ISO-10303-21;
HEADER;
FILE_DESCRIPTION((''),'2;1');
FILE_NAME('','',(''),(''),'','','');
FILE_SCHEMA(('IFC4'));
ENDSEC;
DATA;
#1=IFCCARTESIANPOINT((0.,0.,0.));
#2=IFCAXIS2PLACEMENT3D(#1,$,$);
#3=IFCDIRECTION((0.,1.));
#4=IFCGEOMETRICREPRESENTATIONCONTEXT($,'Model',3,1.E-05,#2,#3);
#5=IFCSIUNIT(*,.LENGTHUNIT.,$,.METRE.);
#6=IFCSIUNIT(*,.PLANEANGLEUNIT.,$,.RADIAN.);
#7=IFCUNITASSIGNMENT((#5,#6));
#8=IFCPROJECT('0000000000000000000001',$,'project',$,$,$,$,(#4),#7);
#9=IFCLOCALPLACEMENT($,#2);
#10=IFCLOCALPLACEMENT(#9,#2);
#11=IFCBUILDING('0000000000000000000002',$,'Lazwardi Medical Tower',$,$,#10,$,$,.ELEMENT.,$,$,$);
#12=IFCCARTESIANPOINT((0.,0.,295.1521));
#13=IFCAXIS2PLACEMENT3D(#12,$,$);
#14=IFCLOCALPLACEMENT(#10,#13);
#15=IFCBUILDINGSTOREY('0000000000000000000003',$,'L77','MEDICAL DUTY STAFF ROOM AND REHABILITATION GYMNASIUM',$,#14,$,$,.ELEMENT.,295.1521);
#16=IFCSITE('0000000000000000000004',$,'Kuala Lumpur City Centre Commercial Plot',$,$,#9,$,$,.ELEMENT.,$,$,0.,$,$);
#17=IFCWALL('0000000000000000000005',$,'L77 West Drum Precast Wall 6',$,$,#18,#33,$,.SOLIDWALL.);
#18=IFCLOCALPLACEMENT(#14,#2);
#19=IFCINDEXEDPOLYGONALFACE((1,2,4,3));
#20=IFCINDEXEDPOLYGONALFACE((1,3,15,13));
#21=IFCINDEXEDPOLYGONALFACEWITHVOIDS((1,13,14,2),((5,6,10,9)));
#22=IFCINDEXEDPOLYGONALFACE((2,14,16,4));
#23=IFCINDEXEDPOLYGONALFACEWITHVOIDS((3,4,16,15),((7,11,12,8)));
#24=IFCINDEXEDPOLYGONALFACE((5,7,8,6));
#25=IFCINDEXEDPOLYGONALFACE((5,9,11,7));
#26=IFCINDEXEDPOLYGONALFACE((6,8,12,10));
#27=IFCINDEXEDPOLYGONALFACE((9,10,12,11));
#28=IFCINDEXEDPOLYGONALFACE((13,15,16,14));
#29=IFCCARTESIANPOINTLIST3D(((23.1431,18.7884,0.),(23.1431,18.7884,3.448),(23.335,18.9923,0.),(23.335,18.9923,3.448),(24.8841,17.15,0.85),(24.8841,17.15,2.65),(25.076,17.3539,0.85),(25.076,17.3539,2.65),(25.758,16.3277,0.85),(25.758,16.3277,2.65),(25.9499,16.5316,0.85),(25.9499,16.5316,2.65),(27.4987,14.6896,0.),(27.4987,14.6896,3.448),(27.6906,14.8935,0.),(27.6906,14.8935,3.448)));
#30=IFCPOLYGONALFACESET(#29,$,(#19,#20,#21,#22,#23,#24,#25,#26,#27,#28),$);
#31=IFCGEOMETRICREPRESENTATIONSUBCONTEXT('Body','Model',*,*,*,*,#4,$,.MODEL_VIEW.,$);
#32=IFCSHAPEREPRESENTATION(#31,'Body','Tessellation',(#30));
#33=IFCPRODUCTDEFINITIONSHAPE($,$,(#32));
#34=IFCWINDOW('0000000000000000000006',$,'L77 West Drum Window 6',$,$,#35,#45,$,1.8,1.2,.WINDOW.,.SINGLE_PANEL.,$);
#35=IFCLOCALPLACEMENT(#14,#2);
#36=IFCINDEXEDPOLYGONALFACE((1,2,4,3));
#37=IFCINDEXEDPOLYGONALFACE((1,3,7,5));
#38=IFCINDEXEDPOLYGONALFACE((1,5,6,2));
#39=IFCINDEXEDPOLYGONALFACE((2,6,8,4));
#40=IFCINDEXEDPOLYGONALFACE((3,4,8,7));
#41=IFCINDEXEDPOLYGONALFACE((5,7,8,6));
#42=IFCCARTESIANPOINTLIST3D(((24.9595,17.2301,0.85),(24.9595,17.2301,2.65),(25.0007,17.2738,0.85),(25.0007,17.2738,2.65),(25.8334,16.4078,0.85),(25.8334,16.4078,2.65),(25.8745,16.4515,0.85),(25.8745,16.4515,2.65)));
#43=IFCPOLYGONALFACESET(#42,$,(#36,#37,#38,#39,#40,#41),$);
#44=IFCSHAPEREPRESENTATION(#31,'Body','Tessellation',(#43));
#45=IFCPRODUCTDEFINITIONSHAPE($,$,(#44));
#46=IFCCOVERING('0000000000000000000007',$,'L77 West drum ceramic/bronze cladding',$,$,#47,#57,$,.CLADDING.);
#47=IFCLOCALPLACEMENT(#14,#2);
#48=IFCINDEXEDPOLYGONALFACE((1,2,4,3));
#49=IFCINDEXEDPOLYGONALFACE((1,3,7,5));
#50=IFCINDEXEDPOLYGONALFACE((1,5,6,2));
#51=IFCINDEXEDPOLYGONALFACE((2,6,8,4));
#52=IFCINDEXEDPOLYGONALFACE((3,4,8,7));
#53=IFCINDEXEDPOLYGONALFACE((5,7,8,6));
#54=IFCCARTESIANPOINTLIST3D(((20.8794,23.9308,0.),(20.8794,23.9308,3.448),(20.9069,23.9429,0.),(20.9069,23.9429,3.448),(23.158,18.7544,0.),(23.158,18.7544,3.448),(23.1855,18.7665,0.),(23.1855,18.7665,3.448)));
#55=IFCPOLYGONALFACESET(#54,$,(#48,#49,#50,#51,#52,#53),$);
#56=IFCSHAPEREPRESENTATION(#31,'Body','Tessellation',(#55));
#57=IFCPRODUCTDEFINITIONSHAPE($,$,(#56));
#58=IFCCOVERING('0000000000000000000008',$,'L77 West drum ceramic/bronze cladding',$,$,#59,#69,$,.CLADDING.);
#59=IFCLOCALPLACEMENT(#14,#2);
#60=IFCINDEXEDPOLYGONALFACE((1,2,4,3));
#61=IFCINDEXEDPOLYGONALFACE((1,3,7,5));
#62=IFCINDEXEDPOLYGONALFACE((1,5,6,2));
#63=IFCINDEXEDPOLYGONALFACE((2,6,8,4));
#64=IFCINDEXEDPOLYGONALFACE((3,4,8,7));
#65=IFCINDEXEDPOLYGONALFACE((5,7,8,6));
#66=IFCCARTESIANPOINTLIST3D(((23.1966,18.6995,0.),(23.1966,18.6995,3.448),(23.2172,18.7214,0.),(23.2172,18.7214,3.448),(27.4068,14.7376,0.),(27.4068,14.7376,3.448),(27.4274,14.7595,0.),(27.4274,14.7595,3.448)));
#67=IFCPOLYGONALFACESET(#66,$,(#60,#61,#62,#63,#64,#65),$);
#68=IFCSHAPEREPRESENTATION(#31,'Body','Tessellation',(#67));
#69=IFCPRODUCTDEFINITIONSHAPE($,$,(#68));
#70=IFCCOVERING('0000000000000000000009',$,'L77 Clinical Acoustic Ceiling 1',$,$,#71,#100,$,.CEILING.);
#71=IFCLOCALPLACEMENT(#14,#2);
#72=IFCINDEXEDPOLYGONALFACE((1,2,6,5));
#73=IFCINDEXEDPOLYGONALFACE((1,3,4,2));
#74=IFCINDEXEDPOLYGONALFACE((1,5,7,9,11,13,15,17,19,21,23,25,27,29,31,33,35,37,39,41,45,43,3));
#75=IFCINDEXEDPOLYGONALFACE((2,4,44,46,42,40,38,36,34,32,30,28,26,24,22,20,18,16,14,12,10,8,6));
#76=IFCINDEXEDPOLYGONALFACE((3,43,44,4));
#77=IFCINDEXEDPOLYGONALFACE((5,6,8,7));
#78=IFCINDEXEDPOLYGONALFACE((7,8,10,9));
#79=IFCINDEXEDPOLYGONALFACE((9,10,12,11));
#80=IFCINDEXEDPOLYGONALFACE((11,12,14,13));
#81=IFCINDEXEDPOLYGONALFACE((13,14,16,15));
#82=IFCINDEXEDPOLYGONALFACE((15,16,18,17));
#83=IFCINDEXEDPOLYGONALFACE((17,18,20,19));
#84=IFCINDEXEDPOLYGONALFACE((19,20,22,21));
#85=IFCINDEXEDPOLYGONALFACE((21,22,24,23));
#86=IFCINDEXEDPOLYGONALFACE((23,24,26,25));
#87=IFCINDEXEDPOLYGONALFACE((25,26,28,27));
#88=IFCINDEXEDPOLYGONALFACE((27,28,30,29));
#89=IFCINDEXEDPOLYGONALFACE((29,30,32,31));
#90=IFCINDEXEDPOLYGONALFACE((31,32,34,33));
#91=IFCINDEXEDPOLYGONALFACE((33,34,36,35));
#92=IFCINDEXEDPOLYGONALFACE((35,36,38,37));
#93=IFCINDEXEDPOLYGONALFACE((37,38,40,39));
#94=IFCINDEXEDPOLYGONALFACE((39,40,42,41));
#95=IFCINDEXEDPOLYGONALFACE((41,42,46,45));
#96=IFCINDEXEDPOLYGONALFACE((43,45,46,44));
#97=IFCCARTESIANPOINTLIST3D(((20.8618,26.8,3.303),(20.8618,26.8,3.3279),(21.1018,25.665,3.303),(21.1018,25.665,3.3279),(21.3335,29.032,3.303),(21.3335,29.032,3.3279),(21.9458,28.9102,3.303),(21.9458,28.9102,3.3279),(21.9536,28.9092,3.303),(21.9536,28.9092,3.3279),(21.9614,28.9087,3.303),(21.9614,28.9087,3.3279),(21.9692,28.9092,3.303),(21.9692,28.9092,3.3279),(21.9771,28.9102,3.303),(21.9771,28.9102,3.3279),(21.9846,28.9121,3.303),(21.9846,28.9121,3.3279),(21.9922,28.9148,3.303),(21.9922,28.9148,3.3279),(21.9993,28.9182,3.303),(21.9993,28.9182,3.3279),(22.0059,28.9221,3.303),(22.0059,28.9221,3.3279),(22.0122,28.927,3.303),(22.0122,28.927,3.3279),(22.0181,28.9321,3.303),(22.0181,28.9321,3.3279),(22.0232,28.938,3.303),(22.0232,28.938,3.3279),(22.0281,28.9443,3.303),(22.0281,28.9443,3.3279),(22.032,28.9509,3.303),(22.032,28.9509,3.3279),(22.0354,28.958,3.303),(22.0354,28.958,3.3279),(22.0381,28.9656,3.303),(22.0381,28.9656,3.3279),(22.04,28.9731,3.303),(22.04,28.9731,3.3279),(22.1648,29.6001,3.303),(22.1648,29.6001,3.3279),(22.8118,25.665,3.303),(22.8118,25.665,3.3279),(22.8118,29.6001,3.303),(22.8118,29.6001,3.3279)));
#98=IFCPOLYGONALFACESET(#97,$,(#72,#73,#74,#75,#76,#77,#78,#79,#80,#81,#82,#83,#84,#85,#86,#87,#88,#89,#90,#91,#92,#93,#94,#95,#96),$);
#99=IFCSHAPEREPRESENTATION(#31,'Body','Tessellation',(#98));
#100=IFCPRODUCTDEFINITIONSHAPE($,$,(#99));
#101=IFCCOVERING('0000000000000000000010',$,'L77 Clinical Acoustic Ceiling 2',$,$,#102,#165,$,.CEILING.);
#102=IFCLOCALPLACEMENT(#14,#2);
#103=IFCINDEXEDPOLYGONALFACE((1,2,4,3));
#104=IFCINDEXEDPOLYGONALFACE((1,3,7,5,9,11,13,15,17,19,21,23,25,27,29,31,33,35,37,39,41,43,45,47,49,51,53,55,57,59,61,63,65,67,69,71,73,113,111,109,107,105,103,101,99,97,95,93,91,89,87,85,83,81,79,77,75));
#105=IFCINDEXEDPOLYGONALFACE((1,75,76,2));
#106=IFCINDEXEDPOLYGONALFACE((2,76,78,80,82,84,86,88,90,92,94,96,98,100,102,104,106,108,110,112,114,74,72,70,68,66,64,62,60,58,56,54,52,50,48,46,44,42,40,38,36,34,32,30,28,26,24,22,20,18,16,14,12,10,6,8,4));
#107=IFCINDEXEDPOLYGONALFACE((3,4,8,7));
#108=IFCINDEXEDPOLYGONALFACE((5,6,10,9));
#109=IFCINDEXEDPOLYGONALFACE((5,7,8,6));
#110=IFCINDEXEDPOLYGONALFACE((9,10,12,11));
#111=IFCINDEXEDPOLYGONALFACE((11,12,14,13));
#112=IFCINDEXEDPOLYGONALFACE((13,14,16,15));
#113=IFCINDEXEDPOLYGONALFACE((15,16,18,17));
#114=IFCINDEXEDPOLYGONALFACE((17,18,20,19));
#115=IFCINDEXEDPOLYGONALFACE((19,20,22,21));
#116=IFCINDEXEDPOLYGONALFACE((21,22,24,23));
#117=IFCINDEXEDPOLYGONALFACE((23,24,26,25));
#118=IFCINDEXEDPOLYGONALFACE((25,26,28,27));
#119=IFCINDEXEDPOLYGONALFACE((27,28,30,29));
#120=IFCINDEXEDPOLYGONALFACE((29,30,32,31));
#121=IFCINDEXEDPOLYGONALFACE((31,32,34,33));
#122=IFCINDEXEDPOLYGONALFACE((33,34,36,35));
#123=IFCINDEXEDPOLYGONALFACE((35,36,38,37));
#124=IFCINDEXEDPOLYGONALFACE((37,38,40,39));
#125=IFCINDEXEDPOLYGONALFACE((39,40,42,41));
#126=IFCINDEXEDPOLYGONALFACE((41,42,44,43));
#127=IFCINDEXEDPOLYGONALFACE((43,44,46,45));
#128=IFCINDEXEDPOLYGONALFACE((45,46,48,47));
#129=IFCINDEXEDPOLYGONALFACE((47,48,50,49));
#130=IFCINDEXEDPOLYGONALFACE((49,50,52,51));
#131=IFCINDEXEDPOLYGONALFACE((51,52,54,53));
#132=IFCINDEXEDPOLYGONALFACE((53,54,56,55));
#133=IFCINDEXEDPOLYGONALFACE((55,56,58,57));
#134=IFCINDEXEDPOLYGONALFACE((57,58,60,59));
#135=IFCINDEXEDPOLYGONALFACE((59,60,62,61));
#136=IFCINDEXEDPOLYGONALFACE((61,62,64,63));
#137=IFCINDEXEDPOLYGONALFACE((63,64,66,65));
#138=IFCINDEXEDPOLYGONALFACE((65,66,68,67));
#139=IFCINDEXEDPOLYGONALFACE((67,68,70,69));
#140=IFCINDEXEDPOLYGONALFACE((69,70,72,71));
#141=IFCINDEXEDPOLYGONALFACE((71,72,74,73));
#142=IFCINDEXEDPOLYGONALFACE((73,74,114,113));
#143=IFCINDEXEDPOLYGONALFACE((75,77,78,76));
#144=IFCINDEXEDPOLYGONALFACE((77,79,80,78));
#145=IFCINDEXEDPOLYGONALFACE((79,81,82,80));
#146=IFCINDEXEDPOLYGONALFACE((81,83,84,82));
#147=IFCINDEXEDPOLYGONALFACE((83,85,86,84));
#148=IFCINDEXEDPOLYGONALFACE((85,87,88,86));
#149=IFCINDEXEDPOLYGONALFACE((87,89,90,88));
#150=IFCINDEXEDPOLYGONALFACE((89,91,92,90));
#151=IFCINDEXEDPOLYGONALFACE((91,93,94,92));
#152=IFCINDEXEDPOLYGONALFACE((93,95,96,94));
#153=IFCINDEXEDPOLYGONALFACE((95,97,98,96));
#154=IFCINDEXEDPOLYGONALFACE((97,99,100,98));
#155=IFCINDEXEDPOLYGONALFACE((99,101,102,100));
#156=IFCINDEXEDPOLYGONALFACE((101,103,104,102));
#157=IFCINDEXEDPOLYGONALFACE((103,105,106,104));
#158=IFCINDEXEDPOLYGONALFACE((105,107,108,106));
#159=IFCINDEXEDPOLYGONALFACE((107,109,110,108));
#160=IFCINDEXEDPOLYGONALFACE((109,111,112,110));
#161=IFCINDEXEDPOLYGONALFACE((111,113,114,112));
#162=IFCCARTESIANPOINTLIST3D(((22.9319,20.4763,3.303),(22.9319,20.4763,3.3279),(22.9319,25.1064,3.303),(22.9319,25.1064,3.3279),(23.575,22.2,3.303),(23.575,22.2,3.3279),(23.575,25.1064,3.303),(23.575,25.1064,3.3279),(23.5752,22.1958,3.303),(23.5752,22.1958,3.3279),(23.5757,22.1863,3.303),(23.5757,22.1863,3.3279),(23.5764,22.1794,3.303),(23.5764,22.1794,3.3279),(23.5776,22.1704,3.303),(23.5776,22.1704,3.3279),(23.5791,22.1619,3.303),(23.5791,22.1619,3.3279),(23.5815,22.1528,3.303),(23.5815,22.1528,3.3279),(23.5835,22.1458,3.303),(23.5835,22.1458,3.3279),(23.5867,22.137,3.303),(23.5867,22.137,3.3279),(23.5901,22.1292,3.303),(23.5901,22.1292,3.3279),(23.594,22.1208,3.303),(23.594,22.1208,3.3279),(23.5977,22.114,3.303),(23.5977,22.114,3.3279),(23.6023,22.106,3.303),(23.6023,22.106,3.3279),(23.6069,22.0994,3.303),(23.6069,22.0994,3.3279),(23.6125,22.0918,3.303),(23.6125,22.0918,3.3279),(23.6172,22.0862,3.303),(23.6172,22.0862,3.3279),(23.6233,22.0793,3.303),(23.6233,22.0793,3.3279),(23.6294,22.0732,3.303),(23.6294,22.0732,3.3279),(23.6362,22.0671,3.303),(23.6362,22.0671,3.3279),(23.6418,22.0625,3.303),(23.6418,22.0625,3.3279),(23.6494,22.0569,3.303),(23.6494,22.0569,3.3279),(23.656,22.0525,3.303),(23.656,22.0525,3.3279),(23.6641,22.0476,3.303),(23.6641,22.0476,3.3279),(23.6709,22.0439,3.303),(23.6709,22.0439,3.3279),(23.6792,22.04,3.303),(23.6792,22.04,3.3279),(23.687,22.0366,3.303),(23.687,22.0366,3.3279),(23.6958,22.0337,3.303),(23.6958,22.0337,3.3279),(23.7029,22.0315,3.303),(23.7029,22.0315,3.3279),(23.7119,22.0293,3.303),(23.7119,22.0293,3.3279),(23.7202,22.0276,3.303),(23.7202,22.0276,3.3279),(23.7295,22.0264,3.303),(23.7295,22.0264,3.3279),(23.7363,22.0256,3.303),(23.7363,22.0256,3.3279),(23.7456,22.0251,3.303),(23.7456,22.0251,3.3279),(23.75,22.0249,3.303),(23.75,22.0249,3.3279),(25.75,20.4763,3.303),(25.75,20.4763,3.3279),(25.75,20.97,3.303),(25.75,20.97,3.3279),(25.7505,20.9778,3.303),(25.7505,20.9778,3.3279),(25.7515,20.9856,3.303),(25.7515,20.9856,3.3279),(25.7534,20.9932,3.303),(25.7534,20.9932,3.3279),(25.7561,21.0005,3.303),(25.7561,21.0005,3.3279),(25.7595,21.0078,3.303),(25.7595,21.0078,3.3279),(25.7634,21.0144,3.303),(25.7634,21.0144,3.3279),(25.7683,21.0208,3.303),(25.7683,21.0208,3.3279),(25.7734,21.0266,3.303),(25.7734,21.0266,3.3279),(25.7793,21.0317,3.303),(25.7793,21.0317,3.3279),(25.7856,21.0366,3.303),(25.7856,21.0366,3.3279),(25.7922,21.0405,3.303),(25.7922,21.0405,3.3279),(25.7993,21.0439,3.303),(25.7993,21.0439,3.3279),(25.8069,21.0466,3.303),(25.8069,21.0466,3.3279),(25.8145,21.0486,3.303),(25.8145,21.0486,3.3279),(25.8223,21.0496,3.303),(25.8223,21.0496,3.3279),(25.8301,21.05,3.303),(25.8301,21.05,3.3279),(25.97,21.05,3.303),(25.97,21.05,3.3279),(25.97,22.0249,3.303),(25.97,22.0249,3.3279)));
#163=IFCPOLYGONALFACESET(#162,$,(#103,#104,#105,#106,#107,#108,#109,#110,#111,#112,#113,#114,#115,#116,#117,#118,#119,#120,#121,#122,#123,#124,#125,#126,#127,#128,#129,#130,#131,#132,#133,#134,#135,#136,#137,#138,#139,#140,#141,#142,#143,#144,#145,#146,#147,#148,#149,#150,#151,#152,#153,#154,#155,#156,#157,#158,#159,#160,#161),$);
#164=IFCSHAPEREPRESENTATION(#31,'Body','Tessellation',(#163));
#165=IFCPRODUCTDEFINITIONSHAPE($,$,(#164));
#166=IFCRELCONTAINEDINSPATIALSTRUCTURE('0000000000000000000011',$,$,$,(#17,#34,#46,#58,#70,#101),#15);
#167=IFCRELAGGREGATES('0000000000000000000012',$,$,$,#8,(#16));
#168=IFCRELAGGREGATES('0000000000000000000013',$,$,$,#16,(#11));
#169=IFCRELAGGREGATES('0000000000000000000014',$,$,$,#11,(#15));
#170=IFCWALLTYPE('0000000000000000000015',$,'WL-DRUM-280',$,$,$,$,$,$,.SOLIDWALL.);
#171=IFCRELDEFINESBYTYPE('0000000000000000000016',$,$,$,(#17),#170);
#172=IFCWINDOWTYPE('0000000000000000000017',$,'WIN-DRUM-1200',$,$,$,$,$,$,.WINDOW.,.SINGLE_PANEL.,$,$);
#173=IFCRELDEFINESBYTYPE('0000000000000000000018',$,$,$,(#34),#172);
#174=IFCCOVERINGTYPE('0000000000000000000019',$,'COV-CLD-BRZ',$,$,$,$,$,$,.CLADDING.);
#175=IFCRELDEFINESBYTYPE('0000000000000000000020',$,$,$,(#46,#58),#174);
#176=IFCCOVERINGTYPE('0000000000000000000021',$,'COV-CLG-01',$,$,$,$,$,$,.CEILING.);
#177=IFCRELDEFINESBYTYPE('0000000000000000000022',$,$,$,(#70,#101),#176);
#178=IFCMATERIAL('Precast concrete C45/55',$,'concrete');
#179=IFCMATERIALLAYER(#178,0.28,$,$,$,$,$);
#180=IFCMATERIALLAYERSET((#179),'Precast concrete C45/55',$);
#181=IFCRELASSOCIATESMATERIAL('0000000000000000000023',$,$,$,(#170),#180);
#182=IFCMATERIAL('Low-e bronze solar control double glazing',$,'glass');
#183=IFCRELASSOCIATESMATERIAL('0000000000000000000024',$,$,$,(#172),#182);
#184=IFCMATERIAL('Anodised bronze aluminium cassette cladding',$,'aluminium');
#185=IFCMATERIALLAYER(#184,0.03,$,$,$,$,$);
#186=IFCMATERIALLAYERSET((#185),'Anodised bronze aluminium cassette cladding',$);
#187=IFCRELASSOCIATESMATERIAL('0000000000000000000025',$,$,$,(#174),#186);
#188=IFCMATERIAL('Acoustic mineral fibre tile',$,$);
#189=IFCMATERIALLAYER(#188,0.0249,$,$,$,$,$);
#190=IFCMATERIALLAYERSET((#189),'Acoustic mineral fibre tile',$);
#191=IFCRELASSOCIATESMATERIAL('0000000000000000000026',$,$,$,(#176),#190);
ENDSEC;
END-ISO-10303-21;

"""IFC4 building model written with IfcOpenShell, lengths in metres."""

from ifc_helpers import new_model, si_unit, direction, frame, frame_2d, origin, origin_2d, place, context, subcontext, project, spatial, polyline, rectangle, outline, extrude, material, layer, layer_set, type_object, element, fill, save


model = new_model("IFC4")

# Units and contexts
model_context = context("Model", 3, precision=1e-05, world=origin(), true_north=direction((0.0, 1.0)))
body_context = subcontext(model_context, "Body", "Model", "MODEL_VIEW")
ifc_project = project(units=[si_unit("LENGTHUNIT", "METRE"), si_unit("PLANEANGLEUNIT", "RADIAN")], contexts=[model_context])

# Site, building, storey
site_placement = place(None, origin())
site = spatial("IfcSite", under=ifc_project, at=site_placement, Name="Kuala Lumpur City Centre Commercial Plot", CompositionType="ELEMENT", RefElevation=0.0)
building_placement = place(site_placement, origin())
building = spatial("IfcBuilding", under=site, at=building_placement, Name="Lazwardi Medical Tower", CompositionType="ELEMENT")
storey_placement = place(building_placement, frame((0.0, 0.0, 295.1521)))
storey = spatial("IfcBuildingStorey", under=building, at=storey_placement, Name="L77", Description="MEDICAL DUTY STAFF ROOM AND REHABILITATION GYMNASIUM", CompositionType="ELEMENT", Elevation=295.1521)

# Wall, opening, window
ifc_material_1 = material(Name="Precast concrete C45/55", Category="concrete")
ifc_layer_1 = layer(ifc_material_1, 0.28)
ifc_layer_set_1 = layer_set([ifc_layer_1], Name="Precast concrete C45/55")
wall_type_1 = type_object("IfcWallType", Name="WL-DRUM-280", PredefinedType="SOLIDWALL", material=ifc_layer_set_1)
wall_1_placement = place(storey_placement, frame((23.239, 18.8904, 0.0), z_axis=(0.0, 0.0, 1.0), x_axis=(0.728252, -0.68531, 0.0)))
wall_1 = element("IfcWall", 1, at=wall_1_placement, inside=storey, type_object=wall_type_1, Name="L77 West Drum Precast Wall 6", PredefinedType="SOLIDWALL", context=body_context, shape_type="SweptSolid", body=[
    extrude(rectangle(XDim=5.981, YDim=0.28, at=frame_2d((2.9905, 0.0))), origin(), (0.0, 0.0, 1.0), 3.448),
])
opening_1_placement = place(wall_1_placement, frame((2.3906, 0.0, 0.8501)))
opening_1 = element("IfcOpeningElement", 2, at=opening_1_placement, cuts=wall_1, PredefinedType="OPENING", context=body_context, shape_type="SweptSolid", body=[
    extrude(rectangle(XDim=1.2, YDim=1.8, at=frame_2d((0.6001, 0.8999))), frame((0.0, 0.1499, 0.0), z_axis=(0.0, -1.0, 0.0), x_axis=(1.0, 0.0, 0.0)), (0.0, 0.0, 1.0), 0.3),
])
ifc_material_2 = material(Name="Low-e bronze solar control double glazing", Category="glass")
window_type = type_object("IfcWindowType", Name="WIN-DRUM-1200", PartitioningType="SINGLE_PANEL", PredefinedType="WINDOW", material=ifc_material_2)
window_placement = place(opening_1_placement, origin())
window = element("IfcWindow", 3, at=window_placement, inside=storey, type_object=window_type, Name="L77 West Drum Window 6", OverallHeight=1.8, OverallWidth=1.2, PartitioningType="SINGLE_PANEL", PredefinedType="WINDOW", context=body_context, shape_type="SweptSolid", body=[
    extrude(rectangle(XDim=1.2, YDim=1.8, at=frame_2d((0.6001, 0.8999))), frame((0.0, 0.03, 0.0), z_axis=(0.0, -1.0, 0.0), x_axis=(1.0, 0.0, 0.0)), (0.0, 0.0, 1.0), 0.0601),
])
fill(opening_1, window)

# Coverings
ifc_material_3 = material(Name="Anodised bronze aluminium cassette cladding", Category="aluminium")
ifc_layer_2 = layer(ifc_material_3, 0.03)
ifc_layer_set_2 = layer_set([ifc_layer_2], Name="Anodised bronze aluminium cassette cladding")
covering_type_1 = type_object("IfcCoveringType", Name="COV-CLD-BRZ", PredefinedType="CLADDING", material=ifc_layer_set_2)
covering_1_placement = place(storey_placement, frame((22.0325, 21.3486, 0.0), z_axis=(0.0, 0.0, 1.0), x_axis=(0.402878, -0.915254, 0.0)))
element("IfcCovering", 4, at=covering_1_placement, inside=storey, type_object=covering_type_1, Name="L77 West drum ceramic/bronze cladding", PredefinedType="CLADDING", context=body_context, shape_type="SweptSolid", body=[
    extrude(rectangle(XDim=5.6558, YDim=0.03, at=origin_2d()), origin(), (0.0, 0.0, 1.0), 3.448),
])
covering_2_placement = place(storey_placement, frame((25.312, 16.7295, 0.0), z_axis=(0.0, 0.0, 1.0), x_axis=(0.728255, -0.685306, 0.0)))
element("IfcCovering", 5, at=covering_2_placement, inside=storey, type_object=covering_type_1, Name="L77 West drum ceramic/bronze cladding", PredefinedType="CLADDING", context=body_context, shape_type="SweptSolid", body=[
    extrude(rectangle(XDim=5.7812, YDim=0.03, at=origin_2d()), origin(), (0.0, 0.0, 1.0), 3.448),
])
ifc_material_4 = material(Name="Acoustic mineral fibre tile")
ifc_layer_3 = layer(ifc_material_4, 0.0249)
ifc_layer_set_3 = layer_set([ifc_layer_3], Name="Acoustic mineral fibre tile")
covering_type_2 = type_object("IfcCoveringType", Name="COV-CLG-01", PredefinedType="CEILING", material=ifc_layer_set_3)
covering_3_placement = place(storey_placement, frame((0.0, 0.0, 3.303)))
element("IfcCovering", 6, at=covering_3_placement, inside=storey, type_object=covering_type_2, Name="L77 Clinical Acoustic Ceiling 1", PredefinedType="CEILING", context=body_context, shape_type="SweptSolid", body=[
    extrude(outline(polyline([(22.8118, 29.6001), (22.1648, 29.6001), (22.04, 28.9731), (22.0381, 28.9656), (22.0354, 28.958), (22.032, 28.9509), (22.0281, 28.9443), (22.0232, 28.938), (22.0181, 28.9321), (22.0122, 28.927), (22.0059, 28.9221), (21.9993, 28.9182), (21.9922, 28.9148), (21.9846, 28.9121), (21.9771, 28.9102), (21.9692, 28.9092), (21.9614, 28.9087), (21.9536, 28.9092), (21.9458, 28.9102), (21.3335, 29.032), (20.8618, 26.8), (21.1018, 25.665), (22.8118, 25.665), (22.8118, 29.6001)])), origin(), (0.0, 0.0, 1.0), 0.0249),
])
covering_4_placement = place(storey_placement, frame((0.0, 0.0, 3.303)))
element("IfcCovering", 7, at=covering_4_placement, inside=storey, type_object=covering_type_2, Name="L77 Clinical Acoustic Ceiling 2", PredefinedType="CEILING", context=body_context, shape_type="SweptSolid", body=[
    extrude(outline(polyline([(25.75, 20.4763), (25.75, 20.97), (25.7505, 20.9778), (25.7515, 20.9856), (25.7534, 20.9932), (25.7561, 21.0005), (25.7595, 21.0078), (25.7634, 21.0144), (25.7683, 21.0208), (25.7734, 21.0266), (25.7793, 21.0317), (25.7856, 21.0366), (25.7922, 21.0405), (25.7993, 21.0439), (25.8069, 21.0466), (25.8145, 21.0486), (25.8223, 21.0496), (25.8301, 21.05), (25.97, 21.05), (25.97, 22.0249), (23.75, 22.0249), (23.7456, 22.0251), (23.7363, 22.0256), (23.7295, 22.0264), (23.7202, 22.0276), (23.7119, 22.0293), (23.7029, 22.0315), (23.6958, 22.0337), (23.687, 22.0366), (23.6792, 22.04), (23.6709, 22.0439), (23.6641, 22.0476), (23.656, 22.0525), (23.6494, 22.0569), (23.6418, 22.0625), (23.6362, 22.0671), (23.6294, 22.0732), (23.6233, 22.0793), (23.6172, 22.0862), (23.6125, 22.0918), (23.6069, 22.0994), (23.6023, 22.106), (23.5977, 22.114), (23.594, 22.1208), (23.5901, 22.1292), (23.5867, 22.137), (23.5835, 22.1458), (23.5815, 22.1528), (23.5791, 22.1619), (23.5776, 22.1704), (23.5764, 22.1794), (23.5757, 22.1863), (23.5752, 22.1958), (23.575, 22.2), (23.575, 25.1064), (22.9319, 25.1064), (22.9319, 20.4763), (25.75, 20.4763)])), origin(), (0.0, 0.0, 1.0), 0.0249),
])

save(model, "model.ifc")
